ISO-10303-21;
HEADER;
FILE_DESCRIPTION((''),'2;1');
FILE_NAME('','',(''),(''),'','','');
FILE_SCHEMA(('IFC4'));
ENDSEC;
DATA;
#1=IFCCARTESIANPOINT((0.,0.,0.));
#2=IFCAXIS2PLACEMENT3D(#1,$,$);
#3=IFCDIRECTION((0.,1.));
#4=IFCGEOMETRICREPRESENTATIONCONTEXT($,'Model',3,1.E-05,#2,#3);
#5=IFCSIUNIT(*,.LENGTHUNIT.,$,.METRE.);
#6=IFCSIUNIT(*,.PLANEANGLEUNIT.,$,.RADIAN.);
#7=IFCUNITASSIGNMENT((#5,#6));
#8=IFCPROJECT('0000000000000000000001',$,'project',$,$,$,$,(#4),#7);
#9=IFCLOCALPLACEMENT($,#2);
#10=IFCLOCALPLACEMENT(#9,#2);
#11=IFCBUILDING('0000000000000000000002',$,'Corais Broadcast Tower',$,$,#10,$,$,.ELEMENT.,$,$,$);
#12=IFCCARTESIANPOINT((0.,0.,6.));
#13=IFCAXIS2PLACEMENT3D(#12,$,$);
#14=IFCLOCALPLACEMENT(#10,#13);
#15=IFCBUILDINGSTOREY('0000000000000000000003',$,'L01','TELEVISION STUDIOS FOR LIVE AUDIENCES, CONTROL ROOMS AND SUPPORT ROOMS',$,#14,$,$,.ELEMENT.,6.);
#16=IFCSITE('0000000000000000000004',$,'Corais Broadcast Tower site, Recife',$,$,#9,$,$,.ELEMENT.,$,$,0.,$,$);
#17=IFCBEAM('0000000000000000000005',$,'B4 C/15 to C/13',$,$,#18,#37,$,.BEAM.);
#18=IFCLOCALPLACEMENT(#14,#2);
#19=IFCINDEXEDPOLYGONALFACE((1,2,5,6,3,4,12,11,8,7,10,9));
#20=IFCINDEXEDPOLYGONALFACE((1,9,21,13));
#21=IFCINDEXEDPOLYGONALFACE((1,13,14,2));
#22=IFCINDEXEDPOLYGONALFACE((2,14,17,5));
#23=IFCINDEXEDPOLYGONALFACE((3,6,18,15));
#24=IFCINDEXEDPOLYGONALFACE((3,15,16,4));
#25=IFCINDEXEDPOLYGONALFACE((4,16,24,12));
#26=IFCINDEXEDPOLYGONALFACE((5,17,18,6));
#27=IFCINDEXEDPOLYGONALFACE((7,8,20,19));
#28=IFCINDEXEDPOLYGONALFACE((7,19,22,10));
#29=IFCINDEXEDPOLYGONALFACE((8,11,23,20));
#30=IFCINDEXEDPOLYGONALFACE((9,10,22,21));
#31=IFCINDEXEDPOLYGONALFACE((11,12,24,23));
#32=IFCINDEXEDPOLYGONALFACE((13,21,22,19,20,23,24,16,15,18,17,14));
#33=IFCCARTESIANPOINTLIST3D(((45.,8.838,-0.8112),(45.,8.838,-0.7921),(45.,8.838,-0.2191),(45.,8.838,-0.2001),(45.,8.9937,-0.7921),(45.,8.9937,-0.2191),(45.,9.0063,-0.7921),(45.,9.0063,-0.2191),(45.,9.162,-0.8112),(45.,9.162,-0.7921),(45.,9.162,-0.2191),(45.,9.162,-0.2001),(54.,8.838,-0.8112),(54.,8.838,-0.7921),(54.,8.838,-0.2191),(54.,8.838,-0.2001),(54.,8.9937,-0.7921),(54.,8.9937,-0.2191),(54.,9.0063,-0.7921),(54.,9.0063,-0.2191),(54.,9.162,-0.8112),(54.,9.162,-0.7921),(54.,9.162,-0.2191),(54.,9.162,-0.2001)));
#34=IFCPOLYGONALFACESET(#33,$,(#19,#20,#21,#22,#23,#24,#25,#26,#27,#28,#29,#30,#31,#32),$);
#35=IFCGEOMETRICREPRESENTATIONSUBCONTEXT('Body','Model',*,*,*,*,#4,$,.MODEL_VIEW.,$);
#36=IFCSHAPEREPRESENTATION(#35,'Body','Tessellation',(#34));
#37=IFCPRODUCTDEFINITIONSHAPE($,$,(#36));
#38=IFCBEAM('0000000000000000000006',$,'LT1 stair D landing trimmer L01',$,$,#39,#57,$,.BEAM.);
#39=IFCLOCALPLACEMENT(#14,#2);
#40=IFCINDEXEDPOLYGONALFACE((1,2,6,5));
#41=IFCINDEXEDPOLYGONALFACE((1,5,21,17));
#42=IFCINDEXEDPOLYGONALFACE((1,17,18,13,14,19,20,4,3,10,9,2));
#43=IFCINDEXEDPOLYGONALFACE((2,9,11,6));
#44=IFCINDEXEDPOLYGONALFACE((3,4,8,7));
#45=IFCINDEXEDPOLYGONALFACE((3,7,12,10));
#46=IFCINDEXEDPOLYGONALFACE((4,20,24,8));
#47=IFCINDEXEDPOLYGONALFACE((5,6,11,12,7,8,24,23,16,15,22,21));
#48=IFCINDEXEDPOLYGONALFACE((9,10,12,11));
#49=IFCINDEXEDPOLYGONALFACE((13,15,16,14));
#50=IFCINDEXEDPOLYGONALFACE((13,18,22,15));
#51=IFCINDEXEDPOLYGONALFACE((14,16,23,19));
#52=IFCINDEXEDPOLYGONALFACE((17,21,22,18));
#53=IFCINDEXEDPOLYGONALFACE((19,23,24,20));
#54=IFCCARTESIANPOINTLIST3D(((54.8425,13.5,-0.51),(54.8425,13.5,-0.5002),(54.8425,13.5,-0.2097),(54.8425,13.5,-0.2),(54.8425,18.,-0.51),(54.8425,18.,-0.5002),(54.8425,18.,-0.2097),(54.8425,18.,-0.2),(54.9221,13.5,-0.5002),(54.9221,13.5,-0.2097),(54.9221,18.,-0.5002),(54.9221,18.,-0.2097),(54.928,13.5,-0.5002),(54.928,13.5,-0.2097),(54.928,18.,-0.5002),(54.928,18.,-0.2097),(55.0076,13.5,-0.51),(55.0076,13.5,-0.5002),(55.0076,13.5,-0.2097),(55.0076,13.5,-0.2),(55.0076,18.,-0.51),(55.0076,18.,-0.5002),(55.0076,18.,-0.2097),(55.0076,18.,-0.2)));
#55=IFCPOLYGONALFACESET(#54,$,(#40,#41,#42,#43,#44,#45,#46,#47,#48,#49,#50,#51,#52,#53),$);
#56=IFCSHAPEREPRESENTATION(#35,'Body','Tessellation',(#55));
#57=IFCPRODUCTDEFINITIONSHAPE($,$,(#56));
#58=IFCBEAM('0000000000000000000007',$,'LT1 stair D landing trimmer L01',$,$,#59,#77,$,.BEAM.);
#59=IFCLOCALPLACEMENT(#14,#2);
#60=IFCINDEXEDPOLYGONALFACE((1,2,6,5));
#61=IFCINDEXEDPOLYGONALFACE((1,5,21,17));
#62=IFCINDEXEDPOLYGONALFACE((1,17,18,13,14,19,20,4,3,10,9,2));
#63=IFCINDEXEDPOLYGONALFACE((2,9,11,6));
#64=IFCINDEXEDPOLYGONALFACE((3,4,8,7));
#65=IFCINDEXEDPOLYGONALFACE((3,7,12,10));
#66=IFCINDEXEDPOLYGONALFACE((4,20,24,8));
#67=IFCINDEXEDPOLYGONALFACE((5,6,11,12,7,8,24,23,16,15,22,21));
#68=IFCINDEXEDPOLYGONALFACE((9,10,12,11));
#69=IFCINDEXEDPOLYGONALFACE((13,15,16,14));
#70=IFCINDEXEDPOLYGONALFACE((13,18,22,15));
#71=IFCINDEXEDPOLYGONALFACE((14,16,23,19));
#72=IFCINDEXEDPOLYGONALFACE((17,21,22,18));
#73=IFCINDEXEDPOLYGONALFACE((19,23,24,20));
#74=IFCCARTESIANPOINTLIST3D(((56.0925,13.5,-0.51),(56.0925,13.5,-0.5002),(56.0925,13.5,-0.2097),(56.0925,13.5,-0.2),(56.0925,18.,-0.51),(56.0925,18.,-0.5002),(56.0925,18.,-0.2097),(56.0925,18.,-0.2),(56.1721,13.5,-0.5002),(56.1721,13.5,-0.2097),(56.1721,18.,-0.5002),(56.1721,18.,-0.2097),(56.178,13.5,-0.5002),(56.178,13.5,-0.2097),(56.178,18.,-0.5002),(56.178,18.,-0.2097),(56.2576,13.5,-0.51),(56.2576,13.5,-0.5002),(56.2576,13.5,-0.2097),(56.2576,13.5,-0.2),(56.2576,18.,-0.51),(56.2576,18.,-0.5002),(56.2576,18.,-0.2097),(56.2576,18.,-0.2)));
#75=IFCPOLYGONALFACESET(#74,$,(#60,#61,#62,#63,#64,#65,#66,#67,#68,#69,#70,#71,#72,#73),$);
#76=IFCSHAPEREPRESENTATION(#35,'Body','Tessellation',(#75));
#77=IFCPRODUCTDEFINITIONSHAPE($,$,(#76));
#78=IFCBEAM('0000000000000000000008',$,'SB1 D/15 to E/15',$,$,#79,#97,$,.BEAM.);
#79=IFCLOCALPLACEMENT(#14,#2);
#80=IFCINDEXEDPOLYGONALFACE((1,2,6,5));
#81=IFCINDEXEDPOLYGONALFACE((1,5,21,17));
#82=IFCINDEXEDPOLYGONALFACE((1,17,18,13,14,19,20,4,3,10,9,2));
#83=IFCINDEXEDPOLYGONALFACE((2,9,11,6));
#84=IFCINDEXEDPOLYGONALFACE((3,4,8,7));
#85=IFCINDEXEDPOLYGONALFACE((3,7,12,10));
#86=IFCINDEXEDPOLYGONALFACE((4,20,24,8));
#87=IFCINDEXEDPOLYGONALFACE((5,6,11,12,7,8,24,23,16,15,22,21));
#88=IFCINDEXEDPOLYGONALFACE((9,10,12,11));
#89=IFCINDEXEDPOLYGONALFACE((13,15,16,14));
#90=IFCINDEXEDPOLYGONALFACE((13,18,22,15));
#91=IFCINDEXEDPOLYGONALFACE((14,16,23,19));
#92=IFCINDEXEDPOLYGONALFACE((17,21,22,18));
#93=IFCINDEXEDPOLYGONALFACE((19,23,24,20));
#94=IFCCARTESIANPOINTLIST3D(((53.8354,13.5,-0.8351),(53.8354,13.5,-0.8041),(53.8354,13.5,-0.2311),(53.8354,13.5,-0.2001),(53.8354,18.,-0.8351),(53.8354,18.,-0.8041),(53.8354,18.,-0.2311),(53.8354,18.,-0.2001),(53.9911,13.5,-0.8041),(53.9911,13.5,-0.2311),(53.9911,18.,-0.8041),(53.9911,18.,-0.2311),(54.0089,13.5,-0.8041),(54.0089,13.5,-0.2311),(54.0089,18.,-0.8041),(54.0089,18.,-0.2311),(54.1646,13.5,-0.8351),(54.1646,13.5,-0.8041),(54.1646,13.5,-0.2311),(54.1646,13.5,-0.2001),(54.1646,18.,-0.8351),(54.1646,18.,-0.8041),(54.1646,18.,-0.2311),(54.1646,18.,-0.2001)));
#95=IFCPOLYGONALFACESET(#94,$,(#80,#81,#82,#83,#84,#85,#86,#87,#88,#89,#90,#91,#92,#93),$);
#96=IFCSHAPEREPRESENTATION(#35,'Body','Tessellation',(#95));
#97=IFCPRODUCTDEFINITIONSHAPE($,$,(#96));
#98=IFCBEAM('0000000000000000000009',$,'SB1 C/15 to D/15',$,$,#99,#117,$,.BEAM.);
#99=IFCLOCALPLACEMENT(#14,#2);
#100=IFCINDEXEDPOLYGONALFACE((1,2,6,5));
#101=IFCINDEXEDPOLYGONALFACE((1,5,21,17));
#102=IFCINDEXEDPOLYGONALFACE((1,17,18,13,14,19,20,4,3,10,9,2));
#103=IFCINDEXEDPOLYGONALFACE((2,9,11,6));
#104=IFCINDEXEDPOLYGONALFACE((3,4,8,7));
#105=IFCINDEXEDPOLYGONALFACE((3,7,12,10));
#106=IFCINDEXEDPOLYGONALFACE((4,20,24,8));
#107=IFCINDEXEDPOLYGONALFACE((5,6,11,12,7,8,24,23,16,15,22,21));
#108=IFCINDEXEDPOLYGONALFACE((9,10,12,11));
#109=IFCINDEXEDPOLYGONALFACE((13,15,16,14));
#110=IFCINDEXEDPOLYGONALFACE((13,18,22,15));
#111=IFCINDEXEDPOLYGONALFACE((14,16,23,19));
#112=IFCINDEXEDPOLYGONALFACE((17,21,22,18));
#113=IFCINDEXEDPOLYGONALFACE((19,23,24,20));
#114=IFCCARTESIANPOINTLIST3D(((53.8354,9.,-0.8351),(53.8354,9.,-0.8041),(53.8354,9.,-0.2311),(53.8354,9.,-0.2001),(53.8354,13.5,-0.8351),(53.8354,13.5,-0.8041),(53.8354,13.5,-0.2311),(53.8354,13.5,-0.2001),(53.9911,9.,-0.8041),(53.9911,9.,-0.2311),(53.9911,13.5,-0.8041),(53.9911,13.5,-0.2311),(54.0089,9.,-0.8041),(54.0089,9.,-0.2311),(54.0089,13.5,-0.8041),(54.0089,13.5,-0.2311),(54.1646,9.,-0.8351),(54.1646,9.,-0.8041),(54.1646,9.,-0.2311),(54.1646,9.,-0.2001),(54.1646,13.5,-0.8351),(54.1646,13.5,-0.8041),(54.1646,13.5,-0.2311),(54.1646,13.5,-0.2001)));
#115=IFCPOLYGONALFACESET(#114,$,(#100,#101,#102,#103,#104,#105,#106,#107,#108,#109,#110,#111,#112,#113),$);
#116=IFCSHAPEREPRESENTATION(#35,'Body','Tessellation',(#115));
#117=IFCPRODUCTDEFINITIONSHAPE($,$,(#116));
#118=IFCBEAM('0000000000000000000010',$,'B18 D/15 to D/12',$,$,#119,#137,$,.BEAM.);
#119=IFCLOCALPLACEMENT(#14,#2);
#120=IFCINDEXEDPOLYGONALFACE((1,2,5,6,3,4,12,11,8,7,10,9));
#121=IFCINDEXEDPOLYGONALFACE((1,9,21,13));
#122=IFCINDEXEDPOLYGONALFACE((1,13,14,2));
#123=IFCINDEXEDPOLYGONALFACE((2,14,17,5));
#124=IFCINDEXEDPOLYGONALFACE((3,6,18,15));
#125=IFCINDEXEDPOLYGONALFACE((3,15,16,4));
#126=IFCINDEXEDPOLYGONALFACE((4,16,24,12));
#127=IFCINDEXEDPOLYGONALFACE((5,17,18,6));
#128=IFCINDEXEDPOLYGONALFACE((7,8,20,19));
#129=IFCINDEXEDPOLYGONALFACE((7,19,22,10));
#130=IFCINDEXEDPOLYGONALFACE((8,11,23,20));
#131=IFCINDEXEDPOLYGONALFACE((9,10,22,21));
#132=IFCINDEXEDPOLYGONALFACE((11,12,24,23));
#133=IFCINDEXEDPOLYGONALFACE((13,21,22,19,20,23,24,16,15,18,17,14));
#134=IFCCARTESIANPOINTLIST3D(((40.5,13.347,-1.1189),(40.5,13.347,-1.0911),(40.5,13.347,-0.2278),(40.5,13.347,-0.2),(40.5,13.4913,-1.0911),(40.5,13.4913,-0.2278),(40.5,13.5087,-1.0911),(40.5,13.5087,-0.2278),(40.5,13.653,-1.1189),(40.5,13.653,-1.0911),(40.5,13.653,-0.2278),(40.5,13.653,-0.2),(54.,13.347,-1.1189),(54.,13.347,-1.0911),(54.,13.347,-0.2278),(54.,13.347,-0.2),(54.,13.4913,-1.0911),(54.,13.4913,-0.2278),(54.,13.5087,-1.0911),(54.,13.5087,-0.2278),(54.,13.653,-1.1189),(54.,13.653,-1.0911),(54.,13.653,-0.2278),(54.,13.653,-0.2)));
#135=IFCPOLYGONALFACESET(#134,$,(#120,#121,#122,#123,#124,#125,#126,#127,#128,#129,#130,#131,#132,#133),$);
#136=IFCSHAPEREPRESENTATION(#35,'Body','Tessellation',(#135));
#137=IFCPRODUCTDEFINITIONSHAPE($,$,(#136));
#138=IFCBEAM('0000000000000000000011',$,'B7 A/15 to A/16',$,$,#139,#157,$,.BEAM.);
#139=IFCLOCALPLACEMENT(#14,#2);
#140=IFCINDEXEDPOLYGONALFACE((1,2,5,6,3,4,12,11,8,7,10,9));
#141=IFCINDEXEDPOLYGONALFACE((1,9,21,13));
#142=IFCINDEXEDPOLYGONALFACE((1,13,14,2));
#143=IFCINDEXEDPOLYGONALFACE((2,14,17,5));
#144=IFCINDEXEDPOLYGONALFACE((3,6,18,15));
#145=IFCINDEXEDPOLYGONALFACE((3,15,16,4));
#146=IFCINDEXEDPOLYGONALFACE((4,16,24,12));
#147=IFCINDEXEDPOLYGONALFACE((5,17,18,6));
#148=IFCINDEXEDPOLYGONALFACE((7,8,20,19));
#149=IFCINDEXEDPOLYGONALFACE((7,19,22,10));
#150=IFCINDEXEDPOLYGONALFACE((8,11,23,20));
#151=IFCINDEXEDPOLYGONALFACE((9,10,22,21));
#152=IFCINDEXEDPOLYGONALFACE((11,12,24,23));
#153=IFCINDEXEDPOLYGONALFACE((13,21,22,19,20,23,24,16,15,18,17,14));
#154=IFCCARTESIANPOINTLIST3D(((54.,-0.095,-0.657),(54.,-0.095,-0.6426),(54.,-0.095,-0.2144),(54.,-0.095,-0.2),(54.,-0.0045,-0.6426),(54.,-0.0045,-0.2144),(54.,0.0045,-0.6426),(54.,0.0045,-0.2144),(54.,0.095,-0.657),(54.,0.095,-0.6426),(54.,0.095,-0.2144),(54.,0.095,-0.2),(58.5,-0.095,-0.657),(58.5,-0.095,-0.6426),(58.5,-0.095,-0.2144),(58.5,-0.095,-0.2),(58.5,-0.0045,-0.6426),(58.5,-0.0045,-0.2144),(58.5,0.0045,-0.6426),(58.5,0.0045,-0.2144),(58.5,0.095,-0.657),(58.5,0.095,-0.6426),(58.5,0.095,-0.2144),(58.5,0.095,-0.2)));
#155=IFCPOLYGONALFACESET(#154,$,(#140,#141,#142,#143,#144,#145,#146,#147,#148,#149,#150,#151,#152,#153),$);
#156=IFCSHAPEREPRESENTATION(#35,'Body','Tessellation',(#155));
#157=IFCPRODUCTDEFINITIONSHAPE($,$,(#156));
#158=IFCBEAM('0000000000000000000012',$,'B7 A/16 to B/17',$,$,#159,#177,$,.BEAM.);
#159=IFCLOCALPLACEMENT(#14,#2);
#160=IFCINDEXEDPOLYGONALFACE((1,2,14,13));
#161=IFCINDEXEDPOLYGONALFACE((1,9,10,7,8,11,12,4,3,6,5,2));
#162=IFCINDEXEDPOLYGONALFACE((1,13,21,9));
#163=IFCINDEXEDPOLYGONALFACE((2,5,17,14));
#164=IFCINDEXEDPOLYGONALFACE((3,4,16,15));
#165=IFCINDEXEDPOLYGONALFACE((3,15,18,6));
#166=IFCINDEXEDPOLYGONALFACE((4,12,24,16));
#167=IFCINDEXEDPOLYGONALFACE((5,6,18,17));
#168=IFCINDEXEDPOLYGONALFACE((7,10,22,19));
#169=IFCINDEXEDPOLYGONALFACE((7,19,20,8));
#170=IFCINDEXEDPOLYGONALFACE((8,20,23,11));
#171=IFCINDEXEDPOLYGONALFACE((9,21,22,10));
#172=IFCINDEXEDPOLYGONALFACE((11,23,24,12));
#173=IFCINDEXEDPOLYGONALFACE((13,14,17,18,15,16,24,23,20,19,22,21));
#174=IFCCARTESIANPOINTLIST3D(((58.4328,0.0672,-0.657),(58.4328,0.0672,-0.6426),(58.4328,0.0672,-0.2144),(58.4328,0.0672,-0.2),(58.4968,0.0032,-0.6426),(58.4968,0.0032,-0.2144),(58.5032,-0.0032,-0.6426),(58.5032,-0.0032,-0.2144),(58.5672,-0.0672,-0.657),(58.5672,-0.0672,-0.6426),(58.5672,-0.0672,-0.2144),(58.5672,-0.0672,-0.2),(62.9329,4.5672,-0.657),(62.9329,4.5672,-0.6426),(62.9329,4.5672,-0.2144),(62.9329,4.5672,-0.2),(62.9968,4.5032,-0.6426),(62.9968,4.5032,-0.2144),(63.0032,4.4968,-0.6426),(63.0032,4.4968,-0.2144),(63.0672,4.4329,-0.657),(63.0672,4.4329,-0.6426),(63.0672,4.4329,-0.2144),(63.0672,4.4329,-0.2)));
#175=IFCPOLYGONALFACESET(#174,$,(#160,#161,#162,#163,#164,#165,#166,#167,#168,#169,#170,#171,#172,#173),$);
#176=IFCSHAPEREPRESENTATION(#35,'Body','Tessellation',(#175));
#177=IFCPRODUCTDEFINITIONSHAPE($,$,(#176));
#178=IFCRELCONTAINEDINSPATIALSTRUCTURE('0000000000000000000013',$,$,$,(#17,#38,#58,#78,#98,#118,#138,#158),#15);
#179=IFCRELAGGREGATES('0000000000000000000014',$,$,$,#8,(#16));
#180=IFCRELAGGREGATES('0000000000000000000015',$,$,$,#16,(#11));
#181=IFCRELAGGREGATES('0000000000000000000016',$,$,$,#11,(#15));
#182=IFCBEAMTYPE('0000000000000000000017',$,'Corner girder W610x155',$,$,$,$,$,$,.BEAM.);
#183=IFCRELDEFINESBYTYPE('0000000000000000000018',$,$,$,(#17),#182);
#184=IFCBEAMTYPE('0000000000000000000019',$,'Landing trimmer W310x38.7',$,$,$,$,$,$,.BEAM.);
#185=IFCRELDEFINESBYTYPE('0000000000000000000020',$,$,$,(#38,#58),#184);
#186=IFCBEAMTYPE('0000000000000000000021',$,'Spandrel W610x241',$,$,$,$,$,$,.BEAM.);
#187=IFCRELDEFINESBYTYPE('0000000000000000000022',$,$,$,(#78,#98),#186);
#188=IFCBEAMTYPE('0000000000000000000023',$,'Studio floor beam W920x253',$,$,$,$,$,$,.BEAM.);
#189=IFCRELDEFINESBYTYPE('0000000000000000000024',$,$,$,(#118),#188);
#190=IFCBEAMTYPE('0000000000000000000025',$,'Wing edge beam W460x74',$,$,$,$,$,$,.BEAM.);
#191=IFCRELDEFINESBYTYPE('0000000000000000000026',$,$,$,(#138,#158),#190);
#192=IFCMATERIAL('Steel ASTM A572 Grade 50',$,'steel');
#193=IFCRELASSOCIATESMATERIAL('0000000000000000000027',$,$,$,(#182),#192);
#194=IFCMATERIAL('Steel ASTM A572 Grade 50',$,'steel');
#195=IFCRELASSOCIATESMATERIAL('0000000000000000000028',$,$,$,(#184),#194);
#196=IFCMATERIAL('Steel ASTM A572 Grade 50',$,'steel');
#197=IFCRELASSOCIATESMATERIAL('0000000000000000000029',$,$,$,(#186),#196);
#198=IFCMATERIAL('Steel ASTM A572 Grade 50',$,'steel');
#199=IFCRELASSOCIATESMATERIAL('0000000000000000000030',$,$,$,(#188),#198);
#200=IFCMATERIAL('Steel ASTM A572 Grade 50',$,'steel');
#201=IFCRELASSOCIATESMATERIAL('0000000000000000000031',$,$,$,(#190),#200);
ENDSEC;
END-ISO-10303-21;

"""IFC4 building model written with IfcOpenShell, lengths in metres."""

from ifc_helpers import new_model, si_unit, direction, frame, origin, origin_2d, place, context, subcontext, project, spatial, i_section, extrude, material, material_profile, profile_set, type_object, element, save


model = new_model("IFC4")

# Units and contexts
model_context = context("Model", 3, precision=1e-05, world=origin(), true_north=direction((0.0, 1.0)))
body_context = subcontext(model_context, "Body", "Model", "MODEL_VIEW")
ifc_project = project(units=[si_unit("LENGTHUNIT", "METRE"), si_unit("PLANEANGLEUNIT", "RADIAN")], contexts=[model_context])

# Site, building, storey
site_placement = place(None, origin())
site = spatial("IfcSite", under=ifc_project, at=site_placement, Name="Corais Broadcast Tower site, Recife", CompositionType="ELEMENT", RefElevation=0.0)
building_placement = place(site_placement, origin())
building = spatial("IfcBuilding", under=site, at=building_placement, Name="Corais Broadcast Tower", CompositionType="ELEMENT")
storey_placement = place(building_placement, frame((0.0, 0.0, 6.0)))
storey = spatial("IfcBuildingStorey", under=building, at=storey_placement, Name="L01", Description="TELEVISION STUDIOS FOR LIVE AUDIENCES, CONTROL ROOMS AND SUPPORT ROOMS", CompositionType="ELEMENT", Elevation=6.0)

# Beams
ifc_material_1 = material(Name="Steel ASTM A572 Grade 50", Category="steel")
ifc_material_profile_1 = material_profile(ifc_material_1, i_section(OverallWidth=0.324, OverallDepth=0.6111, WebThickness=0.0127, FlangeThickness=0.019, at=origin_2d()), Name="W610x155")
ifc_profile_set_1 = profile_set([ifc_material_profile_1], Name="Steel ASTM A572 Grade 50")
beam_type_1 = type_object("IfcBeamType", Name="Corner girder W610x155", PredefinedType="BEAM", material=ifc_profile_set_1)
beam_1_placement = place(storey_placement, frame((54.0, 9.0, -0.5056), z_axis=(-1.0, 0.0, 0.0), x_axis=(0.0, -1.0, 0.0)))
element("IfcBeam", 1, at=beam_1_placement, inside=storey, type_object=beam_type_1, Name="B4 C/15 to C/13", PredefinedType="BEAM", context=body_context, shape_type="SweptSolid", body=[
    extrude(i_section(OverallWidth=0.324, OverallDepth=0.6111, WebThickness=0.0127, FlangeThickness=0.019, at=origin_2d()), origin(), (0.0, 0.0, 1.0), 9.0),
])
ifc_material_2 = material(Name="Steel ASTM A572 Grade 50", Category="steel")
ifc_material_profile_2 = material_profile(ifc_material_2, i_section(OverallWidth=0.165, OverallDepth=0.3101, WebThickness=0.0059, FlangeThickness=0.0098, at=origin_2d()), Name="W310x38.7")
ifc_profile_set_2 = profile_set([ifc_material_profile_2], Name="Steel ASTM A572 Grade 50")
beam_type_2 = type_object("IfcBeamType", Name="Landing trimmer W310x38.7", PredefinedType="BEAM", material=ifc_profile_set_2)
for number, where, z_axis, x_axis, name in (
    (2, (54.925, 13.5, -0.355), (0.0, 1.0, 0.0), (-1.0, 0.0, 0.0), "LT1 stair D landing trimmer L01"),
    (3, (56.175, 13.5, -0.355), (0.0, 1.0, 0.0), (-1.0, 0.0, 0.0), "LT1 stair D landing trimmer L01"),
):
    element("IfcBeam", number, at=place(storey_placement, frame(where, z_axis=z_axis, x_axis=x_axis)), inside=storey, type_object=beam_type_2, Name=name, PredefinedType="BEAM", context=body_context, shape_type="SweptSolid", body=[
        extrude(i_section(OverallWidth=0.165, OverallDepth=0.3101, WebThickness=0.0059, FlangeThickness=0.0098, at=origin_2d()), origin(), (0.0, 0.0, 1.0), 4.5),
    ])
ifc_material_3 = material(Name="Steel ASTM A572 Grade 50", Category="steel")
ifc_material_profile_3 = material_profile(ifc_material_3, i_section(OverallWidth=0.3291, OverallDepth=0.635, WebThickness=0.0178, FlangeThickness=0.031, at=origin_2d()), Name="W610x241")
ifc_profile_set_3 = profile_set([ifc_material_profile_3], Name="Steel ASTM A572 Grade 50")
beam_type_3 = type_object("IfcBeamType", Name="Spandrel W610x241", PredefinedType="BEAM", material=ifc_profile_set_3)
for number, where, z_axis, x_axis, name in (
    (4, (54.0, 13.5, -0.5176), (0.0, 1.0, 0.0), (-1.0, 0.0, 0.0), "SB1 D/15 to E/15"),
    (5, (54.0, 9.0, -0.5176), (0.0, 1.0, 0.0), (-1.0, 0.0, 0.0), "SB1 C/15 to D/15"),
):
    element("IfcBeam", number, at=place(storey_placement, frame(where, z_axis=z_axis, x_axis=x_axis)), inside=storey, type_object=beam_type_3, Name=name, PredefinedType="BEAM", context=body_context, shape_type="SweptSolid", body=[
        extrude(i_section(OverallWidth=0.3291, OverallDepth=0.635, WebThickness=0.0178, FlangeThickness=0.031, at=origin_2d()), origin(), (0.0, 0.0, 1.0), 4.5),
    ])
ifc_material_4 = material(Name="Steel ASTM A572 Grade 50", Category="steel")
ifc_material_profile_4 = material_profile(ifc_material_4, i_section(OverallWidth=0.3059, OverallDepth=0.9189, WebThickness=0.0173, FlangeThickness=0.0278, at=origin_2d()), Name="W920x253")
ifc_profile_set_4 = profile_set([ifc_material_profile_4], Name="Steel ASTM A572 Grade 50")
beam_type_4 = type_object("IfcBeamType", Name="Studio floor beam W920x253", PredefinedType="BEAM", material=ifc_profile_set_4)
beam_2_placement = place(storey_placement, frame((54.0, 13.5, -0.6594), z_axis=(-1.0, 0.0, 0.0), x_axis=(0.0, -1.0, 0.0)))
element("IfcBeam", 6, at=beam_2_placement, inside=storey, type_object=beam_type_4, Name="B18 D/15 to D/12", PredefinedType="BEAM", context=body_context, shape_type="SweptSolid", body=[
    extrude(i_section(OverallWidth=0.3059, OverallDepth=0.9189, WebThickness=0.0173, FlangeThickness=0.0278, at=origin_2d()), origin(), (0.0, 0.0, 1.0), 13.5),
])
ifc_material_5 = material(Name="Steel ASTM A572 Grade 50", Category="steel")
ifc_material_profile_5 = material_profile(ifc_material_5, i_section(OverallWidth=0.1899, OverallDepth=0.457, WebThickness=0.009, FlangeThickness=0.0144, at=origin_2d()), Name="W460x74")
ifc_profile_set_5 = profile_set([ifc_material_profile_5], Name="Steel ASTM A572 Grade 50")
beam_type_5 = type_object("IfcBeamType", Name="Wing edge beam W460x74", PredefinedType="BEAM", material=ifc_profile_set_5)
beam_3_placement = place(storey_placement, frame((54.0, 0.0, -0.4285), z_axis=(1.0, 0.0, 0.0), x_axis=(0.0, 1.0, 0.0)))
element("IfcBeam", 7, at=beam_3_placement, inside=storey, type_object=beam_type_5, Name="B7 A/15 to A/16", PredefinedType="BEAM", context=body_context, shape_type="SweptSolid", body=[
    extrude(i_section(OverallWidth=0.1899, OverallDepth=0.457, WebThickness=0.009, FlangeThickness=0.0144, at=origin_2d()), origin(), (0.0, 0.0, 1.0), 4.5),
])
beam_4_placement = place(storey_placement, frame((58.5, 0.0, -0.4285), z_axis=(0.707107, 0.707107, 0.0), x_axis=(-0.707107, 0.707107, 0.0)))
element("IfcBeam", 8, at=beam_4_placement, inside=storey, type_object=beam_type_5, Name="B7 A/16 to B/17", PredefinedType="BEAM", context=body_context, shape_type="SweptSolid", body=[
    extrude(i_section(OverallWidth=0.1899, OverallDepth=0.457, WebThickness=0.009, FlangeThickness=0.0144, at=origin_2d()), origin(), (0.0, 0.0, 1.0), 6.364),
])

save(model, "model.ifc")
